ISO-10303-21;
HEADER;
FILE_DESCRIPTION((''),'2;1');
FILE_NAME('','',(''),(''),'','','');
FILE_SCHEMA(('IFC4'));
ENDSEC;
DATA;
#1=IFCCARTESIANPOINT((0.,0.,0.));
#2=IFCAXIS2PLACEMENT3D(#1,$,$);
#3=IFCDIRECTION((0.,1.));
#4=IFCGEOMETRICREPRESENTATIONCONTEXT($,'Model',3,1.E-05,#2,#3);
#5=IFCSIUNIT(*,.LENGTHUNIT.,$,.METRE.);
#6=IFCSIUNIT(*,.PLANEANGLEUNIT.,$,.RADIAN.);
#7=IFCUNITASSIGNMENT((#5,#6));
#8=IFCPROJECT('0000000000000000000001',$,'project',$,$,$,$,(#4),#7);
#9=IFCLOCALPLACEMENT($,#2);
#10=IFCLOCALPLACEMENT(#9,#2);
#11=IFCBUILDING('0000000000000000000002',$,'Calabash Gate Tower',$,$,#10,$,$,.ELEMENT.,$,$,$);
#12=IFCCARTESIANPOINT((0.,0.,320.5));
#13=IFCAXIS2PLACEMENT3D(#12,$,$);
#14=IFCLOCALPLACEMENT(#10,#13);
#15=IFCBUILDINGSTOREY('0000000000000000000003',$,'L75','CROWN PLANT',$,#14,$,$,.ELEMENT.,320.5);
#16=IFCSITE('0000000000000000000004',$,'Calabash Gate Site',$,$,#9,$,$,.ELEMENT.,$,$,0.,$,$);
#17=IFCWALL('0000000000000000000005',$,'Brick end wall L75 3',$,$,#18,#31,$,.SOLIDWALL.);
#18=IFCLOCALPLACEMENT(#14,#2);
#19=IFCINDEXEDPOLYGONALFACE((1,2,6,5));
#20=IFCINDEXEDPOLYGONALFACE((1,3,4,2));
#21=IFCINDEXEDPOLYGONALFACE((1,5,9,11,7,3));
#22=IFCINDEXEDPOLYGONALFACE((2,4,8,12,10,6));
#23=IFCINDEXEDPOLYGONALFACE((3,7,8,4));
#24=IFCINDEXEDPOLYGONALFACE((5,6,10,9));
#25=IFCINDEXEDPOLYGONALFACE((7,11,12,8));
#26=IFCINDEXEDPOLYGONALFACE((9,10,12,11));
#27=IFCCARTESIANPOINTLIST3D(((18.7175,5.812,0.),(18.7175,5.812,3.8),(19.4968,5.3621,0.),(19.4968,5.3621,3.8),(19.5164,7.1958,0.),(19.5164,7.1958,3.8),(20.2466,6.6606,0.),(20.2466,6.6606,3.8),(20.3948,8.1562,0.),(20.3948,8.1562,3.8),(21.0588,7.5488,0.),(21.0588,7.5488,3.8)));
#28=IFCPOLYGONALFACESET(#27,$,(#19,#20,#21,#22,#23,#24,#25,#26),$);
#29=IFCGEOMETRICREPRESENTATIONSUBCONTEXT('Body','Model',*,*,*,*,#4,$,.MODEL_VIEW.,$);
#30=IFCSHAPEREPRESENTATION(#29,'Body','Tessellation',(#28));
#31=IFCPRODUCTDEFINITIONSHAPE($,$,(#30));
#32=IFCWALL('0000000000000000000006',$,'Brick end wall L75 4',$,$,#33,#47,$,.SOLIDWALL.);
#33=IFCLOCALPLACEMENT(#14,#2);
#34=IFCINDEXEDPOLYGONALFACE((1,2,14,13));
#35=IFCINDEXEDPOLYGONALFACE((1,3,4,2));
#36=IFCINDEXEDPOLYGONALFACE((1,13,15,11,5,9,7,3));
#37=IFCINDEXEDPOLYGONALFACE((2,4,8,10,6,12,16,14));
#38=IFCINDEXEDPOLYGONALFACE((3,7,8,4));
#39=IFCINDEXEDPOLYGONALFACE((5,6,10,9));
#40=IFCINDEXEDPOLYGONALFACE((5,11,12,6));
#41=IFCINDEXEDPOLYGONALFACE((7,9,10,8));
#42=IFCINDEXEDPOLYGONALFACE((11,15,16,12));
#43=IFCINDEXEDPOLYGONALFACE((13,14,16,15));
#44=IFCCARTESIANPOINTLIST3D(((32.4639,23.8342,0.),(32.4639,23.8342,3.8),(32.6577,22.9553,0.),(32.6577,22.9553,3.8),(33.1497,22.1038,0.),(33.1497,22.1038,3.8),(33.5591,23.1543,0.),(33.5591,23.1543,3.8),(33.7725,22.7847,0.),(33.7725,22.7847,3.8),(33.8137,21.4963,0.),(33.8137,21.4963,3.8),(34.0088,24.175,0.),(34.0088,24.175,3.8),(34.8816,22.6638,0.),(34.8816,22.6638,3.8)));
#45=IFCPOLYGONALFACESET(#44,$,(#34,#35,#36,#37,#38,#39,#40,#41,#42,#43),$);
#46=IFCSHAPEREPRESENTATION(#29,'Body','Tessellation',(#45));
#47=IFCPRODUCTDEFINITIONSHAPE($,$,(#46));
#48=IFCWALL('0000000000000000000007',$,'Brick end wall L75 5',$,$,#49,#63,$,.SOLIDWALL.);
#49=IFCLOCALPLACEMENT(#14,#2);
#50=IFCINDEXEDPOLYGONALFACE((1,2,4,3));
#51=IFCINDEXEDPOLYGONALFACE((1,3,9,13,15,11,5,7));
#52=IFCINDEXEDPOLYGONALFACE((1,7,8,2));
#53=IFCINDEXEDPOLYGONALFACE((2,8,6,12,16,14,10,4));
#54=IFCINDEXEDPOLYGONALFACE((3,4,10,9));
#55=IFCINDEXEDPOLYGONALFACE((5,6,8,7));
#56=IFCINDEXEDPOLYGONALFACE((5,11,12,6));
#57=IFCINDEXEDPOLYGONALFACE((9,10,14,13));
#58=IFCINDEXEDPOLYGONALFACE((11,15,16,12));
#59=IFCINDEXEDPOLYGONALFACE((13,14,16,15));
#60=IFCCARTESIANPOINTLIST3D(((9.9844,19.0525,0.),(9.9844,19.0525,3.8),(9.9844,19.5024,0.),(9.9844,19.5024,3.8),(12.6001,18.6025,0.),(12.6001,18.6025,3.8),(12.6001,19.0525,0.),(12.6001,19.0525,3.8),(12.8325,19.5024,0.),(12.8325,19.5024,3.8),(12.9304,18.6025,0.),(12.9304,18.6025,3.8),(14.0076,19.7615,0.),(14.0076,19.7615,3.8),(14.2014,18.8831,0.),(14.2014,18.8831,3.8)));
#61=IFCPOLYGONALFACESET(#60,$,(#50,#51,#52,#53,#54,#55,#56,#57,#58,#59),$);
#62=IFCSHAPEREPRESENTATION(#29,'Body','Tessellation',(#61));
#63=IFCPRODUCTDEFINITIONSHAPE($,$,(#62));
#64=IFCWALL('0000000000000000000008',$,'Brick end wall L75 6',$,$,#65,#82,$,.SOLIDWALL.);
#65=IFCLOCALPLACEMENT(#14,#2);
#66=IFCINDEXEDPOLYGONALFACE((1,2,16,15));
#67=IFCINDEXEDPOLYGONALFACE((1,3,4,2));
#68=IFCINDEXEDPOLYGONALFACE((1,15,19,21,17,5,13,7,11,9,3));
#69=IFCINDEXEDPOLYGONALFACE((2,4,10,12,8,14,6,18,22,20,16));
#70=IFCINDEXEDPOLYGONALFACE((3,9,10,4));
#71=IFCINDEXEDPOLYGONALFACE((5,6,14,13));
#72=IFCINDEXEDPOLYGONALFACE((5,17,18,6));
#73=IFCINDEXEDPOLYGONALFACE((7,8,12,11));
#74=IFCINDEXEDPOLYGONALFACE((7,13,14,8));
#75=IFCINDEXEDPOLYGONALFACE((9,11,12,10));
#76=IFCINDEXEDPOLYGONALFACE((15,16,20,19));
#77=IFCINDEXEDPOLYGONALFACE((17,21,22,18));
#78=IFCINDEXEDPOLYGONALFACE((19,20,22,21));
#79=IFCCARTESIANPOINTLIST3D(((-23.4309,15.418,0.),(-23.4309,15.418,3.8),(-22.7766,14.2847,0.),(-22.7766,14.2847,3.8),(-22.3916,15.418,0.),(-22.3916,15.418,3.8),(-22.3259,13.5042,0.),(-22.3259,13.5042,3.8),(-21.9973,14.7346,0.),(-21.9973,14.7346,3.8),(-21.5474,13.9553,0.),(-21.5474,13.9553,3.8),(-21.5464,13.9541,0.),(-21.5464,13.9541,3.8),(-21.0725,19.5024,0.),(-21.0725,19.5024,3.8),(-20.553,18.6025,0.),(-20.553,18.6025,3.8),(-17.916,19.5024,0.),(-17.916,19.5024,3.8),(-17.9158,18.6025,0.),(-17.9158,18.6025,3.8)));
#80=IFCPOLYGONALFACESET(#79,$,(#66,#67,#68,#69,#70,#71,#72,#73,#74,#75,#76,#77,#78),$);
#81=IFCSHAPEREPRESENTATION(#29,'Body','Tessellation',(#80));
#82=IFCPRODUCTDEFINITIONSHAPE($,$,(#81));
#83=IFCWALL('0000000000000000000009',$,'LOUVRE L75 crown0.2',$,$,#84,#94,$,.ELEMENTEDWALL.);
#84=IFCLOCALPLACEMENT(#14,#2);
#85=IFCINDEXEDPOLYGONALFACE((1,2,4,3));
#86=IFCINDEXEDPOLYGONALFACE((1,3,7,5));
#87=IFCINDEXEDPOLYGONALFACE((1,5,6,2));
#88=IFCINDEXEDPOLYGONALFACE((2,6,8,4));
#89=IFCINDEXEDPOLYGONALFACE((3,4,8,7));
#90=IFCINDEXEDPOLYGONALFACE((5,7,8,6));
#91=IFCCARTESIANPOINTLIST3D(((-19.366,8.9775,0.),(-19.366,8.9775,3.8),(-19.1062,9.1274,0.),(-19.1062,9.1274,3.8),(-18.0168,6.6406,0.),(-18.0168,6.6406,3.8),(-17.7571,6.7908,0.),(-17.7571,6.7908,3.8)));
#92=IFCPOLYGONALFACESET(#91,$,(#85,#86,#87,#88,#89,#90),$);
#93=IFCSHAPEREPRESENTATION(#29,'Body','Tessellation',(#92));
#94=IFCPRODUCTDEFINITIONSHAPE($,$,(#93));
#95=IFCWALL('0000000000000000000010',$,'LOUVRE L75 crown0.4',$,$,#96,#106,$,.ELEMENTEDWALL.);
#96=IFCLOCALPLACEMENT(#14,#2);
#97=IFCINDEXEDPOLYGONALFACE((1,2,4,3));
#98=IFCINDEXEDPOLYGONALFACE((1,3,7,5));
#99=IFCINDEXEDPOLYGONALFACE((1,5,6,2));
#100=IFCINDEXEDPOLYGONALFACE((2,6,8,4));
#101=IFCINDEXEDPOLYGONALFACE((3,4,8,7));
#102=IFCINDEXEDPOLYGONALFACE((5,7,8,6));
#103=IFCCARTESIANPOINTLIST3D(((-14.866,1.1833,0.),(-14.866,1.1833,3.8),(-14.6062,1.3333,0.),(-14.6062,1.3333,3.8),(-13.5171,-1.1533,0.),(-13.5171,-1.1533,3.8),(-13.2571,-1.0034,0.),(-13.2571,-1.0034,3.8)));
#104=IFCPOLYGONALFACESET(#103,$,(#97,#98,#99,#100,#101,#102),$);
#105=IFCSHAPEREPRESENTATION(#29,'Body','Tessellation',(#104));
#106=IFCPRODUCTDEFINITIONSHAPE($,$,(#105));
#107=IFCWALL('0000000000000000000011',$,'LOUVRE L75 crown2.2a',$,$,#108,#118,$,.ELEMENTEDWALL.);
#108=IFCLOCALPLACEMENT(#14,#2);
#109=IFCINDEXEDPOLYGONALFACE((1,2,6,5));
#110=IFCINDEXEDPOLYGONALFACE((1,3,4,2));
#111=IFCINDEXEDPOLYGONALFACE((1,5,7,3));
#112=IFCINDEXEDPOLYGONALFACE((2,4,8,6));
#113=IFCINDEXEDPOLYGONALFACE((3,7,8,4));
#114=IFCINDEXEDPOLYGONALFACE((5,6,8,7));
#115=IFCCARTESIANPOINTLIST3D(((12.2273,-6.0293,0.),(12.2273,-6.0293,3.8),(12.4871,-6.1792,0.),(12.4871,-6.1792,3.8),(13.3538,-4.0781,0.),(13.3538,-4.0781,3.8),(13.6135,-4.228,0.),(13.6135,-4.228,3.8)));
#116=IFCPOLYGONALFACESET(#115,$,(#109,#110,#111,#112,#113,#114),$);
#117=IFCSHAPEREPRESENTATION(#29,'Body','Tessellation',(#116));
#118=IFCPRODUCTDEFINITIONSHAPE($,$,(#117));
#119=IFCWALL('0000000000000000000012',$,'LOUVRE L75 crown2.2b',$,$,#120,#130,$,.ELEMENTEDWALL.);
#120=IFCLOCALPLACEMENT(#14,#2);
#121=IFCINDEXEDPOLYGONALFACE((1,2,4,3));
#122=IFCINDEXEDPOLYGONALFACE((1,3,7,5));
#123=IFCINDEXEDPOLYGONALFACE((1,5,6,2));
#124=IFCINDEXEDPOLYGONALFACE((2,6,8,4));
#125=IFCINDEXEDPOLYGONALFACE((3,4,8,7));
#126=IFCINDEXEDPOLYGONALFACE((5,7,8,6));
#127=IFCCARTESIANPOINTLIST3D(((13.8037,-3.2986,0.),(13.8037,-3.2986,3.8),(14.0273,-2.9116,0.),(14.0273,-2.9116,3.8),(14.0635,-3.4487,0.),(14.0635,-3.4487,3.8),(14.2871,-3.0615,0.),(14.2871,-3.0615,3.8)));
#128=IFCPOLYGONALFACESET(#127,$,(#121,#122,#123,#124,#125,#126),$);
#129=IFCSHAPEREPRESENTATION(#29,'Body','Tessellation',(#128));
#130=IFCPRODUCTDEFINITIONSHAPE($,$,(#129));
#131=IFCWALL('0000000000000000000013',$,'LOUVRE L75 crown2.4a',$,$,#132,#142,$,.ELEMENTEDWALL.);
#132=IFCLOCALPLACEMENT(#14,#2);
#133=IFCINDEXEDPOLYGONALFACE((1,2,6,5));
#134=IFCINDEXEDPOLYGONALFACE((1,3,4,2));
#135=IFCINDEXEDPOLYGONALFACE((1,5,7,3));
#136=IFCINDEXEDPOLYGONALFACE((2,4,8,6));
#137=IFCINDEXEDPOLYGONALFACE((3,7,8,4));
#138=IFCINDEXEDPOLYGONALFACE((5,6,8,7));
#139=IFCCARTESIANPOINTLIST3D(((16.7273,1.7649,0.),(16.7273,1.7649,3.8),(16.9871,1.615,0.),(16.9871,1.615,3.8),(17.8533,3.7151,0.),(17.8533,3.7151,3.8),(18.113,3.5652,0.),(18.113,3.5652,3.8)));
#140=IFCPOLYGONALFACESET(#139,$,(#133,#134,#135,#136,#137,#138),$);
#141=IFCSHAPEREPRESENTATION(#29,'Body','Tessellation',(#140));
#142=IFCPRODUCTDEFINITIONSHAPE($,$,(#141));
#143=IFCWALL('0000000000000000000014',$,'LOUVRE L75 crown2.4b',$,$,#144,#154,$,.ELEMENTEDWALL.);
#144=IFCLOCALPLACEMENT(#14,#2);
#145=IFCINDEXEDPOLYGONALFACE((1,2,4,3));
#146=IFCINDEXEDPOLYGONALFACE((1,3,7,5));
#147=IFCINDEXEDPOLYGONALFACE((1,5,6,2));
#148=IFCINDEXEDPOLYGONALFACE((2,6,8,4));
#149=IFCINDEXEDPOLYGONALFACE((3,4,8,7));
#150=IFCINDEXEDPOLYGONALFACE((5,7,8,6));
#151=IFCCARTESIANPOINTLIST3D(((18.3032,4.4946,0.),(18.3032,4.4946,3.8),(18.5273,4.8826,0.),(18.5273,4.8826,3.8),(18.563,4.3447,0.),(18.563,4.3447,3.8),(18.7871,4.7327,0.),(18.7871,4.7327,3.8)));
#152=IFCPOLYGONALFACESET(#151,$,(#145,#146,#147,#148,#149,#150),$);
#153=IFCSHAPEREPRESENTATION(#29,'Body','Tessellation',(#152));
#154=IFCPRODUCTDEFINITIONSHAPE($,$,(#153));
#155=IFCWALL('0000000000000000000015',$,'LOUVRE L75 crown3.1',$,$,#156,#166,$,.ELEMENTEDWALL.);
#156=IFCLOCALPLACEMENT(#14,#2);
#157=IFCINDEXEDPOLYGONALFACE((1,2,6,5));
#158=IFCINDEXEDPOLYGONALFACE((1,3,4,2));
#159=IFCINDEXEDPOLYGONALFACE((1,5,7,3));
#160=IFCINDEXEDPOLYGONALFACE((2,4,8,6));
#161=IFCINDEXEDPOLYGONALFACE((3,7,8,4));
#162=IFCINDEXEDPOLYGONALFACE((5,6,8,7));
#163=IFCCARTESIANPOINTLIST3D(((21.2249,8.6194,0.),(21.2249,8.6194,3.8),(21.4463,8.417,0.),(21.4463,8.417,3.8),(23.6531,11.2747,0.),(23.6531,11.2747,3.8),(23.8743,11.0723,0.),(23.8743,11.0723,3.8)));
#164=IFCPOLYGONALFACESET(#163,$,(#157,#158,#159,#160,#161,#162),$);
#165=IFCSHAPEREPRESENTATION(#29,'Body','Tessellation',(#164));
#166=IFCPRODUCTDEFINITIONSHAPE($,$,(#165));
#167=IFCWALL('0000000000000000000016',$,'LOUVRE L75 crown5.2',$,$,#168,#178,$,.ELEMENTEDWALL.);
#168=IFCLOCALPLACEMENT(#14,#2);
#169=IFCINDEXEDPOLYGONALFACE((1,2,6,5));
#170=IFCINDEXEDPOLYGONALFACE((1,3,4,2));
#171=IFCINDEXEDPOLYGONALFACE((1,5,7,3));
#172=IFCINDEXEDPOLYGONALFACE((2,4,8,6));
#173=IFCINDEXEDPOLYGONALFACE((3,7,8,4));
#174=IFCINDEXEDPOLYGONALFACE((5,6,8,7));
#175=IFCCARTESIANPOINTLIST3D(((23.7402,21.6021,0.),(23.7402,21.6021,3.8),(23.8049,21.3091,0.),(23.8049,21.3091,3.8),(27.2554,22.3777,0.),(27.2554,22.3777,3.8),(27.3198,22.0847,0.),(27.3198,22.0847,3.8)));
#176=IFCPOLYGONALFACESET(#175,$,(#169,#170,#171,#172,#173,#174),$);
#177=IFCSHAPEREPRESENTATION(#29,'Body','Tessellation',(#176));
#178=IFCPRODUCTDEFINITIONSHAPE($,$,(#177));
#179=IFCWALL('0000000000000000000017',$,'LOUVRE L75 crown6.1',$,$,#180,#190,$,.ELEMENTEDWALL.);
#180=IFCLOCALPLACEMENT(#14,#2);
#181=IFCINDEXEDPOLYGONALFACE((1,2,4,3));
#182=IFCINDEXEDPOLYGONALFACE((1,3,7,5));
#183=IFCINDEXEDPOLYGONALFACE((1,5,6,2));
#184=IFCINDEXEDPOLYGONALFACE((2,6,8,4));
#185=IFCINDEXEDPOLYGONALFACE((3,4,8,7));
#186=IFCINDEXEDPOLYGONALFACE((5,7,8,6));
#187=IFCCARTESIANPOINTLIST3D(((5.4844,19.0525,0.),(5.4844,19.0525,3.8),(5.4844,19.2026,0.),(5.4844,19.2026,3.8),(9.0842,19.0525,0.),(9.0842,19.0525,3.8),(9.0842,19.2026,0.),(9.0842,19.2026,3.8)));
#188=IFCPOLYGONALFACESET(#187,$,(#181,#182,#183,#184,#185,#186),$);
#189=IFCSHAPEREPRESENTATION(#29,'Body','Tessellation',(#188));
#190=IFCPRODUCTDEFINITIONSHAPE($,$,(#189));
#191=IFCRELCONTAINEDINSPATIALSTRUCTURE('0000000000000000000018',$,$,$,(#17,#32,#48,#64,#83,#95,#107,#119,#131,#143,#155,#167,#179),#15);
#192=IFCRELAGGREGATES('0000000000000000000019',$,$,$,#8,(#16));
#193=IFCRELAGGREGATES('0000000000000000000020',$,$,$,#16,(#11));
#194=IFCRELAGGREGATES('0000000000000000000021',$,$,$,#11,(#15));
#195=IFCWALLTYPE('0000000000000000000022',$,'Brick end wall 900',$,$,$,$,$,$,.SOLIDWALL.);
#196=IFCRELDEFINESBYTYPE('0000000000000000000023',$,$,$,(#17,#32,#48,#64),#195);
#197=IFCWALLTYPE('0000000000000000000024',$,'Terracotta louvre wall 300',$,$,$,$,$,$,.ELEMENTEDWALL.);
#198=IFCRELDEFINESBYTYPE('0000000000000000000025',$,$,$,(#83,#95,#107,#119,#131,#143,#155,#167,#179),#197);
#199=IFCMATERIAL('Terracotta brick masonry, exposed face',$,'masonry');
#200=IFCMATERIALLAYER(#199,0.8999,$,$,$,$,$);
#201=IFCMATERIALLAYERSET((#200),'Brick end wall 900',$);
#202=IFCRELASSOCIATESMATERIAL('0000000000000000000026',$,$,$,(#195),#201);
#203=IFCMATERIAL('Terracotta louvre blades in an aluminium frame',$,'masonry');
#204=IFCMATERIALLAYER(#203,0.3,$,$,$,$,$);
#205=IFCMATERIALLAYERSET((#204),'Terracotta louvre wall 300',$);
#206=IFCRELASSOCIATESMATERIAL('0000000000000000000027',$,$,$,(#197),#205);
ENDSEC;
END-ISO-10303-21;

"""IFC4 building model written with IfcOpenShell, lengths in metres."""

from ifc_helpers import new_model, si_unit, direction, frame, origin, place, context, subcontext, project, spatial, polyline, outline, extrude, material, layer, layer_set, type_object, element, save


model = new_model("IFC4")

# Units and contexts
model_context = context("Model", 3, precision=1e-05, world=origin(), true_north=direction((0.0, 1.0)))
body_context = subcontext(model_context, "Body", "Model", "MODEL_VIEW")
ifc_project = project(units=[si_unit("LENGTHUNIT", "METRE"), si_unit("PLANEANGLEUNIT", "RADIAN")], contexts=[model_context])

# Site, building, storey
site_placement = place(None, origin())
site = spatial("IfcSite", under=ifc_project, at=site_placement, Name="Calabash Gate Site", CompositionType="ELEMENT", RefElevation=0.0)
building_placement = place(site_placement, origin())
building = spatial("IfcBuilding", under=site, at=building_placement, Name="Calabash Gate Tower", CompositionType="ELEMENT")
storey_placement = place(building_placement, frame((0.0, 0.0, 320.5)))
storey = spatial("IfcBuildingStorey", under=building, at=storey_placement, Name="L75", Description="CROWN PLANT", CompositionType="ELEMENT", Elevation=320.5)

# Walls
ifc_material_1 = material(Name="Terracotta brick masonry, exposed face", Category="masonry")
ifc_layer_1 = layer(ifc_material_1, 0.8999)
ifc_layer_set_1 = layer_set([ifc_layer_1], Name="Brick end wall 900")
wall_type_1 = type_object("IfcWallType", Name="Brick end wall 900", PredefinedType="SOLIDWALL", material=ifc_layer_set_1)
wall_1_placement = place(storey_placement, origin())
element("IfcWall", 1, at=wall_1_placement, inside=storey, type_object=wall_type_1, Name="Brick end wall L75 3", PredefinedType="SOLIDWALL", context=body_context, shape_type="SweptSolid", body=[
    extrude(outline(polyline([(18.7175, 5.812), (19.4968, 5.3621), (20.2466, 6.6606), (21.0588, 7.5488), (20.3948, 8.1562), (19.5164, 7.1958), (18.7175, 5.812)])), origin(), (0.0, 0.0, 1.0), 3.8),
])
wall_2_placement = place(storey_placement, origin())
element("IfcWall", 2, at=wall_2_placement, inside=storey, type_object=wall_type_1, Name="Brick end wall L75 4", PredefinedType="SOLIDWALL", context=body_context, shape_type="SweptSolid", body=[
    extrude(outline(polyline([(33.8137, 21.4963), (34.8816, 22.6638), (34.0088, 24.175), (32.4639, 23.8342), (32.6577, 22.9553), (33.5591, 23.1543), (33.7725, 22.7847), (33.1497, 22.1038), (33.8137, 21.4963)])), origin(), (0.0, 0.0, 1.0), 3.8),
])
wall_3_placement = place(storey_placement, origin())
element("IfcWall", 3, at=wall_3_placement, inside=storey, type_object=wall_type_1, Name="Brick end wall L75 5", PredefinedType="SOLIDWALL", context=body_context, shape_type="SweptSolid", body=[
    extrude(outline(polyline([(14.0076, 19.7615), (12.8325, 19.5024), (9.9844, 19.5024), (9.9844, 19.0525), (12.6001, 19.0525), (12.6001, 18.6025), (12.9304, 18.6025), (14.2014, 18.8831), (14.0076, 19.7615)])), origin(), (0.0, 0.0, 1.0), 3.8),
])
wall_4_placement = place(storey_placement, origin())
element("IfcWall", 4, at=wall_4_placement, inside=storey, type_object=wall_type_1, Name="Brick end wall L75 6", PredefinedType="SOLIDWALL", context=body_context, shape_type="SweptSolid", body=[
    extrude(outline(polyline([(-17.9158, 18.6025), (-17.916, 19.5024), (-21.0725, 19.5024), (-23.4309, 15.418), (-22.7766, 14.2847), (-21.9973, 14.7346), (-21.5474, 13.9553), (-22.3259, 13.5042), (-21.5464, 13.9541), (-22.3916, 15.418), (-20.553, 18.6025), (-17.9158, 18.6025)])), origin(), (0.0, 0.0, 1.0), 3.8),
])
ifc_material_2 = material(Name="Terracotta louvre blades in an aluminium frame", Category="masonry")
ifc_layer_2 = layer(ifc_material_2, 0.3)
ifc_layer_set_2 = layer_set([ifc_layer_2], Name="Terracotta louvre wall 300")
wall_type_2 = type_object("IfcWallType", Name="Terracotta louvre wall 300", PredefinedType="ELEMENTEDWALL", material=ifc_layer_set_2)
wall_5_placement = place(storey_placement, origin())
element("IfcWall", 5, at=wall_5_placement, inside=storey, type_object=wall_type_2, Name="LOUVRE L75 crown0.2", PredefinedType="ELEMENTEDWALL", context=body_context, shape_type="SweptSolid", body=[
    extrude(outline(polyline([(-19.366, 8.9775), (-18.0168, 6.6406), (-17.7571, 6.7908), (-19.1062, 9.1274), (-19.366, 8.9775)])), origin(), (0.0, 0.0, 1.0), 3.8),
])
wall_6_placement = place(storey_placement, origin())
element("IfcWall", 6, at=wall_6_placement, inside=storey, type_object=wall_type_2, Name="LOUVRE L75 crown0.4", PredefinedType="ELEMENTEDWALL", context=body_context, shape_type="SweptSolid", body=[
    extrude(outline(polyline([(-14.866, 1.1833), (-13.5171, -1.1533), (-13.2571, -1.0034), (-14.6062, 1.3333), (-14.866, 1.1833)])), origin(), (0.0, 0.0, 1.0), 3.8),
])
wall_7_placement = place(storey_placement, origin())
element("IfcWall", 7, at=wall_7_placement, inside=storey, type_object=wall_type_2, Name="LOUVRE L75 crown2.2a", PredefinedType="ELEMENTEDWALL", context=body_context, shape_type="SweptSolid", body=[
    extrude(outline(polyline([(12.4871, -6.1792), (13.6135, -4.228), (13.3538, -4.0781), (12.2273, -6.0293), (12.4871, -6.1792)])), origin(), (0.0, 0.0, 1.0), 3.8),
])
wall_8_placement = place(storey_placement, origin())
element("IfcWall", 8, at=wall_8_placement, inside=storey, type_object=wall_type_2, Name="LOUVRE L75 crown2.2b", PredefinedType="ELEMENTEDWALL", context=body_context, shape_type="SweptSolid", body=[
    extrude(outline(polyline([(14.0273, -2.9116), (13.8037, -3.2986), (14.0635, -3.4487), (14.2871, -3.0615), (14.0273, -2.9116)])), origin(), (0.0, 0.0, 1.0), 3.8),
])
wall_9_placement = place(storey_placement, origin())
element("IfcWall", 9, at=wall_9_placement, inside=storey, type_object=wall_type_2, Name="LOUVRE L75 crown2.4a", PredefinedType="ELEMENTEDWALL", context=body_context, shape_type="SweptSolid", body=[
    extrude(outline(polyline([(16.9871, 1.615), (18.113, 3.5652), (17.8533, 3.7151), (16.7273, 1.7649), (16.9871, 1.615)])), origin(), (0.0, 0.0, 1.0), 3.8),
])
wall_10_placement = place(storey_placement, origin())
element("IfcWall", 10, at=wall_10_placement, inside=storey, type_object=wall_type_2, Name="LOUVRE L75 crown2.4b", PredefinedType="ELEMENTEDWALL", context=body_context, shape_type="SweptSolid", body=[
    extrude(outline(polyline([(18.5273, 4.8826), (18.3032, 4.4946), (18.563, 4.3447), (18.7871, 4.7327), (18.5273, 4.8826)])), origin(), (0.0, 0.0, 1.0), 3.8),
])
wall_11_placement = place(storey_placement, origin())
element("IfcWall", 11, at=wall_11_placement, inside=storey, type_object=wall_type_2, Name="LOUVRE L75 crown3.1", PredefinedType="ELEMENTEDWALL", context=body_context, shape_type="SweptSolid", body=[
    extrude(outline(polyline([(23.6531, 11.2747), (21.2249, 8.6194), (21.4463, 8.417), (23.8743, 11.0723), (23.6531, 11.2747)])), origin(), (0.0, 0.0, 1.0), 3.8),
])
wall_12_placement = place(storey_placement, origin())
element("IfcWall", 12, at=wall_12_placement, inside=storey, type_object=wall_type_2, Name="LOUVRE L75 crown5.2", PredefinedType="ELEMENTEDWALL", context=body_context, shape_type="SweptSolid", body=[
    extrude(outline(polyline([(27.2554, 22.3777), (23.7402, 21.6021), (23.8049, 21.3091), (27.3198, 22.0847), (27.2554, 22.3777)])), origin(), (0.0, 0.0, 1.0), 3.8),
])
wall_13_placement = place(storey_placement, origin())
element("IfcWall", 13, at=wall_13_placement, inside=storey, type_object=wall_type_2, Name="LOUVRE L75 crown6.1", PredefinedType="ELEMENTEDWALL", context=body_context, shape_type="SweptSolid", body=[
    extrude(outline(polyline([(9.0842, 19.2026), (5.4844, 19.2026), (5.4844, 19.0525), (9.0842, 19.0525), (9.0842, 19.2026)])), origin(), (0.0, 0.0, 1.0), 3.8),
])

save(model, "model.ifc")
